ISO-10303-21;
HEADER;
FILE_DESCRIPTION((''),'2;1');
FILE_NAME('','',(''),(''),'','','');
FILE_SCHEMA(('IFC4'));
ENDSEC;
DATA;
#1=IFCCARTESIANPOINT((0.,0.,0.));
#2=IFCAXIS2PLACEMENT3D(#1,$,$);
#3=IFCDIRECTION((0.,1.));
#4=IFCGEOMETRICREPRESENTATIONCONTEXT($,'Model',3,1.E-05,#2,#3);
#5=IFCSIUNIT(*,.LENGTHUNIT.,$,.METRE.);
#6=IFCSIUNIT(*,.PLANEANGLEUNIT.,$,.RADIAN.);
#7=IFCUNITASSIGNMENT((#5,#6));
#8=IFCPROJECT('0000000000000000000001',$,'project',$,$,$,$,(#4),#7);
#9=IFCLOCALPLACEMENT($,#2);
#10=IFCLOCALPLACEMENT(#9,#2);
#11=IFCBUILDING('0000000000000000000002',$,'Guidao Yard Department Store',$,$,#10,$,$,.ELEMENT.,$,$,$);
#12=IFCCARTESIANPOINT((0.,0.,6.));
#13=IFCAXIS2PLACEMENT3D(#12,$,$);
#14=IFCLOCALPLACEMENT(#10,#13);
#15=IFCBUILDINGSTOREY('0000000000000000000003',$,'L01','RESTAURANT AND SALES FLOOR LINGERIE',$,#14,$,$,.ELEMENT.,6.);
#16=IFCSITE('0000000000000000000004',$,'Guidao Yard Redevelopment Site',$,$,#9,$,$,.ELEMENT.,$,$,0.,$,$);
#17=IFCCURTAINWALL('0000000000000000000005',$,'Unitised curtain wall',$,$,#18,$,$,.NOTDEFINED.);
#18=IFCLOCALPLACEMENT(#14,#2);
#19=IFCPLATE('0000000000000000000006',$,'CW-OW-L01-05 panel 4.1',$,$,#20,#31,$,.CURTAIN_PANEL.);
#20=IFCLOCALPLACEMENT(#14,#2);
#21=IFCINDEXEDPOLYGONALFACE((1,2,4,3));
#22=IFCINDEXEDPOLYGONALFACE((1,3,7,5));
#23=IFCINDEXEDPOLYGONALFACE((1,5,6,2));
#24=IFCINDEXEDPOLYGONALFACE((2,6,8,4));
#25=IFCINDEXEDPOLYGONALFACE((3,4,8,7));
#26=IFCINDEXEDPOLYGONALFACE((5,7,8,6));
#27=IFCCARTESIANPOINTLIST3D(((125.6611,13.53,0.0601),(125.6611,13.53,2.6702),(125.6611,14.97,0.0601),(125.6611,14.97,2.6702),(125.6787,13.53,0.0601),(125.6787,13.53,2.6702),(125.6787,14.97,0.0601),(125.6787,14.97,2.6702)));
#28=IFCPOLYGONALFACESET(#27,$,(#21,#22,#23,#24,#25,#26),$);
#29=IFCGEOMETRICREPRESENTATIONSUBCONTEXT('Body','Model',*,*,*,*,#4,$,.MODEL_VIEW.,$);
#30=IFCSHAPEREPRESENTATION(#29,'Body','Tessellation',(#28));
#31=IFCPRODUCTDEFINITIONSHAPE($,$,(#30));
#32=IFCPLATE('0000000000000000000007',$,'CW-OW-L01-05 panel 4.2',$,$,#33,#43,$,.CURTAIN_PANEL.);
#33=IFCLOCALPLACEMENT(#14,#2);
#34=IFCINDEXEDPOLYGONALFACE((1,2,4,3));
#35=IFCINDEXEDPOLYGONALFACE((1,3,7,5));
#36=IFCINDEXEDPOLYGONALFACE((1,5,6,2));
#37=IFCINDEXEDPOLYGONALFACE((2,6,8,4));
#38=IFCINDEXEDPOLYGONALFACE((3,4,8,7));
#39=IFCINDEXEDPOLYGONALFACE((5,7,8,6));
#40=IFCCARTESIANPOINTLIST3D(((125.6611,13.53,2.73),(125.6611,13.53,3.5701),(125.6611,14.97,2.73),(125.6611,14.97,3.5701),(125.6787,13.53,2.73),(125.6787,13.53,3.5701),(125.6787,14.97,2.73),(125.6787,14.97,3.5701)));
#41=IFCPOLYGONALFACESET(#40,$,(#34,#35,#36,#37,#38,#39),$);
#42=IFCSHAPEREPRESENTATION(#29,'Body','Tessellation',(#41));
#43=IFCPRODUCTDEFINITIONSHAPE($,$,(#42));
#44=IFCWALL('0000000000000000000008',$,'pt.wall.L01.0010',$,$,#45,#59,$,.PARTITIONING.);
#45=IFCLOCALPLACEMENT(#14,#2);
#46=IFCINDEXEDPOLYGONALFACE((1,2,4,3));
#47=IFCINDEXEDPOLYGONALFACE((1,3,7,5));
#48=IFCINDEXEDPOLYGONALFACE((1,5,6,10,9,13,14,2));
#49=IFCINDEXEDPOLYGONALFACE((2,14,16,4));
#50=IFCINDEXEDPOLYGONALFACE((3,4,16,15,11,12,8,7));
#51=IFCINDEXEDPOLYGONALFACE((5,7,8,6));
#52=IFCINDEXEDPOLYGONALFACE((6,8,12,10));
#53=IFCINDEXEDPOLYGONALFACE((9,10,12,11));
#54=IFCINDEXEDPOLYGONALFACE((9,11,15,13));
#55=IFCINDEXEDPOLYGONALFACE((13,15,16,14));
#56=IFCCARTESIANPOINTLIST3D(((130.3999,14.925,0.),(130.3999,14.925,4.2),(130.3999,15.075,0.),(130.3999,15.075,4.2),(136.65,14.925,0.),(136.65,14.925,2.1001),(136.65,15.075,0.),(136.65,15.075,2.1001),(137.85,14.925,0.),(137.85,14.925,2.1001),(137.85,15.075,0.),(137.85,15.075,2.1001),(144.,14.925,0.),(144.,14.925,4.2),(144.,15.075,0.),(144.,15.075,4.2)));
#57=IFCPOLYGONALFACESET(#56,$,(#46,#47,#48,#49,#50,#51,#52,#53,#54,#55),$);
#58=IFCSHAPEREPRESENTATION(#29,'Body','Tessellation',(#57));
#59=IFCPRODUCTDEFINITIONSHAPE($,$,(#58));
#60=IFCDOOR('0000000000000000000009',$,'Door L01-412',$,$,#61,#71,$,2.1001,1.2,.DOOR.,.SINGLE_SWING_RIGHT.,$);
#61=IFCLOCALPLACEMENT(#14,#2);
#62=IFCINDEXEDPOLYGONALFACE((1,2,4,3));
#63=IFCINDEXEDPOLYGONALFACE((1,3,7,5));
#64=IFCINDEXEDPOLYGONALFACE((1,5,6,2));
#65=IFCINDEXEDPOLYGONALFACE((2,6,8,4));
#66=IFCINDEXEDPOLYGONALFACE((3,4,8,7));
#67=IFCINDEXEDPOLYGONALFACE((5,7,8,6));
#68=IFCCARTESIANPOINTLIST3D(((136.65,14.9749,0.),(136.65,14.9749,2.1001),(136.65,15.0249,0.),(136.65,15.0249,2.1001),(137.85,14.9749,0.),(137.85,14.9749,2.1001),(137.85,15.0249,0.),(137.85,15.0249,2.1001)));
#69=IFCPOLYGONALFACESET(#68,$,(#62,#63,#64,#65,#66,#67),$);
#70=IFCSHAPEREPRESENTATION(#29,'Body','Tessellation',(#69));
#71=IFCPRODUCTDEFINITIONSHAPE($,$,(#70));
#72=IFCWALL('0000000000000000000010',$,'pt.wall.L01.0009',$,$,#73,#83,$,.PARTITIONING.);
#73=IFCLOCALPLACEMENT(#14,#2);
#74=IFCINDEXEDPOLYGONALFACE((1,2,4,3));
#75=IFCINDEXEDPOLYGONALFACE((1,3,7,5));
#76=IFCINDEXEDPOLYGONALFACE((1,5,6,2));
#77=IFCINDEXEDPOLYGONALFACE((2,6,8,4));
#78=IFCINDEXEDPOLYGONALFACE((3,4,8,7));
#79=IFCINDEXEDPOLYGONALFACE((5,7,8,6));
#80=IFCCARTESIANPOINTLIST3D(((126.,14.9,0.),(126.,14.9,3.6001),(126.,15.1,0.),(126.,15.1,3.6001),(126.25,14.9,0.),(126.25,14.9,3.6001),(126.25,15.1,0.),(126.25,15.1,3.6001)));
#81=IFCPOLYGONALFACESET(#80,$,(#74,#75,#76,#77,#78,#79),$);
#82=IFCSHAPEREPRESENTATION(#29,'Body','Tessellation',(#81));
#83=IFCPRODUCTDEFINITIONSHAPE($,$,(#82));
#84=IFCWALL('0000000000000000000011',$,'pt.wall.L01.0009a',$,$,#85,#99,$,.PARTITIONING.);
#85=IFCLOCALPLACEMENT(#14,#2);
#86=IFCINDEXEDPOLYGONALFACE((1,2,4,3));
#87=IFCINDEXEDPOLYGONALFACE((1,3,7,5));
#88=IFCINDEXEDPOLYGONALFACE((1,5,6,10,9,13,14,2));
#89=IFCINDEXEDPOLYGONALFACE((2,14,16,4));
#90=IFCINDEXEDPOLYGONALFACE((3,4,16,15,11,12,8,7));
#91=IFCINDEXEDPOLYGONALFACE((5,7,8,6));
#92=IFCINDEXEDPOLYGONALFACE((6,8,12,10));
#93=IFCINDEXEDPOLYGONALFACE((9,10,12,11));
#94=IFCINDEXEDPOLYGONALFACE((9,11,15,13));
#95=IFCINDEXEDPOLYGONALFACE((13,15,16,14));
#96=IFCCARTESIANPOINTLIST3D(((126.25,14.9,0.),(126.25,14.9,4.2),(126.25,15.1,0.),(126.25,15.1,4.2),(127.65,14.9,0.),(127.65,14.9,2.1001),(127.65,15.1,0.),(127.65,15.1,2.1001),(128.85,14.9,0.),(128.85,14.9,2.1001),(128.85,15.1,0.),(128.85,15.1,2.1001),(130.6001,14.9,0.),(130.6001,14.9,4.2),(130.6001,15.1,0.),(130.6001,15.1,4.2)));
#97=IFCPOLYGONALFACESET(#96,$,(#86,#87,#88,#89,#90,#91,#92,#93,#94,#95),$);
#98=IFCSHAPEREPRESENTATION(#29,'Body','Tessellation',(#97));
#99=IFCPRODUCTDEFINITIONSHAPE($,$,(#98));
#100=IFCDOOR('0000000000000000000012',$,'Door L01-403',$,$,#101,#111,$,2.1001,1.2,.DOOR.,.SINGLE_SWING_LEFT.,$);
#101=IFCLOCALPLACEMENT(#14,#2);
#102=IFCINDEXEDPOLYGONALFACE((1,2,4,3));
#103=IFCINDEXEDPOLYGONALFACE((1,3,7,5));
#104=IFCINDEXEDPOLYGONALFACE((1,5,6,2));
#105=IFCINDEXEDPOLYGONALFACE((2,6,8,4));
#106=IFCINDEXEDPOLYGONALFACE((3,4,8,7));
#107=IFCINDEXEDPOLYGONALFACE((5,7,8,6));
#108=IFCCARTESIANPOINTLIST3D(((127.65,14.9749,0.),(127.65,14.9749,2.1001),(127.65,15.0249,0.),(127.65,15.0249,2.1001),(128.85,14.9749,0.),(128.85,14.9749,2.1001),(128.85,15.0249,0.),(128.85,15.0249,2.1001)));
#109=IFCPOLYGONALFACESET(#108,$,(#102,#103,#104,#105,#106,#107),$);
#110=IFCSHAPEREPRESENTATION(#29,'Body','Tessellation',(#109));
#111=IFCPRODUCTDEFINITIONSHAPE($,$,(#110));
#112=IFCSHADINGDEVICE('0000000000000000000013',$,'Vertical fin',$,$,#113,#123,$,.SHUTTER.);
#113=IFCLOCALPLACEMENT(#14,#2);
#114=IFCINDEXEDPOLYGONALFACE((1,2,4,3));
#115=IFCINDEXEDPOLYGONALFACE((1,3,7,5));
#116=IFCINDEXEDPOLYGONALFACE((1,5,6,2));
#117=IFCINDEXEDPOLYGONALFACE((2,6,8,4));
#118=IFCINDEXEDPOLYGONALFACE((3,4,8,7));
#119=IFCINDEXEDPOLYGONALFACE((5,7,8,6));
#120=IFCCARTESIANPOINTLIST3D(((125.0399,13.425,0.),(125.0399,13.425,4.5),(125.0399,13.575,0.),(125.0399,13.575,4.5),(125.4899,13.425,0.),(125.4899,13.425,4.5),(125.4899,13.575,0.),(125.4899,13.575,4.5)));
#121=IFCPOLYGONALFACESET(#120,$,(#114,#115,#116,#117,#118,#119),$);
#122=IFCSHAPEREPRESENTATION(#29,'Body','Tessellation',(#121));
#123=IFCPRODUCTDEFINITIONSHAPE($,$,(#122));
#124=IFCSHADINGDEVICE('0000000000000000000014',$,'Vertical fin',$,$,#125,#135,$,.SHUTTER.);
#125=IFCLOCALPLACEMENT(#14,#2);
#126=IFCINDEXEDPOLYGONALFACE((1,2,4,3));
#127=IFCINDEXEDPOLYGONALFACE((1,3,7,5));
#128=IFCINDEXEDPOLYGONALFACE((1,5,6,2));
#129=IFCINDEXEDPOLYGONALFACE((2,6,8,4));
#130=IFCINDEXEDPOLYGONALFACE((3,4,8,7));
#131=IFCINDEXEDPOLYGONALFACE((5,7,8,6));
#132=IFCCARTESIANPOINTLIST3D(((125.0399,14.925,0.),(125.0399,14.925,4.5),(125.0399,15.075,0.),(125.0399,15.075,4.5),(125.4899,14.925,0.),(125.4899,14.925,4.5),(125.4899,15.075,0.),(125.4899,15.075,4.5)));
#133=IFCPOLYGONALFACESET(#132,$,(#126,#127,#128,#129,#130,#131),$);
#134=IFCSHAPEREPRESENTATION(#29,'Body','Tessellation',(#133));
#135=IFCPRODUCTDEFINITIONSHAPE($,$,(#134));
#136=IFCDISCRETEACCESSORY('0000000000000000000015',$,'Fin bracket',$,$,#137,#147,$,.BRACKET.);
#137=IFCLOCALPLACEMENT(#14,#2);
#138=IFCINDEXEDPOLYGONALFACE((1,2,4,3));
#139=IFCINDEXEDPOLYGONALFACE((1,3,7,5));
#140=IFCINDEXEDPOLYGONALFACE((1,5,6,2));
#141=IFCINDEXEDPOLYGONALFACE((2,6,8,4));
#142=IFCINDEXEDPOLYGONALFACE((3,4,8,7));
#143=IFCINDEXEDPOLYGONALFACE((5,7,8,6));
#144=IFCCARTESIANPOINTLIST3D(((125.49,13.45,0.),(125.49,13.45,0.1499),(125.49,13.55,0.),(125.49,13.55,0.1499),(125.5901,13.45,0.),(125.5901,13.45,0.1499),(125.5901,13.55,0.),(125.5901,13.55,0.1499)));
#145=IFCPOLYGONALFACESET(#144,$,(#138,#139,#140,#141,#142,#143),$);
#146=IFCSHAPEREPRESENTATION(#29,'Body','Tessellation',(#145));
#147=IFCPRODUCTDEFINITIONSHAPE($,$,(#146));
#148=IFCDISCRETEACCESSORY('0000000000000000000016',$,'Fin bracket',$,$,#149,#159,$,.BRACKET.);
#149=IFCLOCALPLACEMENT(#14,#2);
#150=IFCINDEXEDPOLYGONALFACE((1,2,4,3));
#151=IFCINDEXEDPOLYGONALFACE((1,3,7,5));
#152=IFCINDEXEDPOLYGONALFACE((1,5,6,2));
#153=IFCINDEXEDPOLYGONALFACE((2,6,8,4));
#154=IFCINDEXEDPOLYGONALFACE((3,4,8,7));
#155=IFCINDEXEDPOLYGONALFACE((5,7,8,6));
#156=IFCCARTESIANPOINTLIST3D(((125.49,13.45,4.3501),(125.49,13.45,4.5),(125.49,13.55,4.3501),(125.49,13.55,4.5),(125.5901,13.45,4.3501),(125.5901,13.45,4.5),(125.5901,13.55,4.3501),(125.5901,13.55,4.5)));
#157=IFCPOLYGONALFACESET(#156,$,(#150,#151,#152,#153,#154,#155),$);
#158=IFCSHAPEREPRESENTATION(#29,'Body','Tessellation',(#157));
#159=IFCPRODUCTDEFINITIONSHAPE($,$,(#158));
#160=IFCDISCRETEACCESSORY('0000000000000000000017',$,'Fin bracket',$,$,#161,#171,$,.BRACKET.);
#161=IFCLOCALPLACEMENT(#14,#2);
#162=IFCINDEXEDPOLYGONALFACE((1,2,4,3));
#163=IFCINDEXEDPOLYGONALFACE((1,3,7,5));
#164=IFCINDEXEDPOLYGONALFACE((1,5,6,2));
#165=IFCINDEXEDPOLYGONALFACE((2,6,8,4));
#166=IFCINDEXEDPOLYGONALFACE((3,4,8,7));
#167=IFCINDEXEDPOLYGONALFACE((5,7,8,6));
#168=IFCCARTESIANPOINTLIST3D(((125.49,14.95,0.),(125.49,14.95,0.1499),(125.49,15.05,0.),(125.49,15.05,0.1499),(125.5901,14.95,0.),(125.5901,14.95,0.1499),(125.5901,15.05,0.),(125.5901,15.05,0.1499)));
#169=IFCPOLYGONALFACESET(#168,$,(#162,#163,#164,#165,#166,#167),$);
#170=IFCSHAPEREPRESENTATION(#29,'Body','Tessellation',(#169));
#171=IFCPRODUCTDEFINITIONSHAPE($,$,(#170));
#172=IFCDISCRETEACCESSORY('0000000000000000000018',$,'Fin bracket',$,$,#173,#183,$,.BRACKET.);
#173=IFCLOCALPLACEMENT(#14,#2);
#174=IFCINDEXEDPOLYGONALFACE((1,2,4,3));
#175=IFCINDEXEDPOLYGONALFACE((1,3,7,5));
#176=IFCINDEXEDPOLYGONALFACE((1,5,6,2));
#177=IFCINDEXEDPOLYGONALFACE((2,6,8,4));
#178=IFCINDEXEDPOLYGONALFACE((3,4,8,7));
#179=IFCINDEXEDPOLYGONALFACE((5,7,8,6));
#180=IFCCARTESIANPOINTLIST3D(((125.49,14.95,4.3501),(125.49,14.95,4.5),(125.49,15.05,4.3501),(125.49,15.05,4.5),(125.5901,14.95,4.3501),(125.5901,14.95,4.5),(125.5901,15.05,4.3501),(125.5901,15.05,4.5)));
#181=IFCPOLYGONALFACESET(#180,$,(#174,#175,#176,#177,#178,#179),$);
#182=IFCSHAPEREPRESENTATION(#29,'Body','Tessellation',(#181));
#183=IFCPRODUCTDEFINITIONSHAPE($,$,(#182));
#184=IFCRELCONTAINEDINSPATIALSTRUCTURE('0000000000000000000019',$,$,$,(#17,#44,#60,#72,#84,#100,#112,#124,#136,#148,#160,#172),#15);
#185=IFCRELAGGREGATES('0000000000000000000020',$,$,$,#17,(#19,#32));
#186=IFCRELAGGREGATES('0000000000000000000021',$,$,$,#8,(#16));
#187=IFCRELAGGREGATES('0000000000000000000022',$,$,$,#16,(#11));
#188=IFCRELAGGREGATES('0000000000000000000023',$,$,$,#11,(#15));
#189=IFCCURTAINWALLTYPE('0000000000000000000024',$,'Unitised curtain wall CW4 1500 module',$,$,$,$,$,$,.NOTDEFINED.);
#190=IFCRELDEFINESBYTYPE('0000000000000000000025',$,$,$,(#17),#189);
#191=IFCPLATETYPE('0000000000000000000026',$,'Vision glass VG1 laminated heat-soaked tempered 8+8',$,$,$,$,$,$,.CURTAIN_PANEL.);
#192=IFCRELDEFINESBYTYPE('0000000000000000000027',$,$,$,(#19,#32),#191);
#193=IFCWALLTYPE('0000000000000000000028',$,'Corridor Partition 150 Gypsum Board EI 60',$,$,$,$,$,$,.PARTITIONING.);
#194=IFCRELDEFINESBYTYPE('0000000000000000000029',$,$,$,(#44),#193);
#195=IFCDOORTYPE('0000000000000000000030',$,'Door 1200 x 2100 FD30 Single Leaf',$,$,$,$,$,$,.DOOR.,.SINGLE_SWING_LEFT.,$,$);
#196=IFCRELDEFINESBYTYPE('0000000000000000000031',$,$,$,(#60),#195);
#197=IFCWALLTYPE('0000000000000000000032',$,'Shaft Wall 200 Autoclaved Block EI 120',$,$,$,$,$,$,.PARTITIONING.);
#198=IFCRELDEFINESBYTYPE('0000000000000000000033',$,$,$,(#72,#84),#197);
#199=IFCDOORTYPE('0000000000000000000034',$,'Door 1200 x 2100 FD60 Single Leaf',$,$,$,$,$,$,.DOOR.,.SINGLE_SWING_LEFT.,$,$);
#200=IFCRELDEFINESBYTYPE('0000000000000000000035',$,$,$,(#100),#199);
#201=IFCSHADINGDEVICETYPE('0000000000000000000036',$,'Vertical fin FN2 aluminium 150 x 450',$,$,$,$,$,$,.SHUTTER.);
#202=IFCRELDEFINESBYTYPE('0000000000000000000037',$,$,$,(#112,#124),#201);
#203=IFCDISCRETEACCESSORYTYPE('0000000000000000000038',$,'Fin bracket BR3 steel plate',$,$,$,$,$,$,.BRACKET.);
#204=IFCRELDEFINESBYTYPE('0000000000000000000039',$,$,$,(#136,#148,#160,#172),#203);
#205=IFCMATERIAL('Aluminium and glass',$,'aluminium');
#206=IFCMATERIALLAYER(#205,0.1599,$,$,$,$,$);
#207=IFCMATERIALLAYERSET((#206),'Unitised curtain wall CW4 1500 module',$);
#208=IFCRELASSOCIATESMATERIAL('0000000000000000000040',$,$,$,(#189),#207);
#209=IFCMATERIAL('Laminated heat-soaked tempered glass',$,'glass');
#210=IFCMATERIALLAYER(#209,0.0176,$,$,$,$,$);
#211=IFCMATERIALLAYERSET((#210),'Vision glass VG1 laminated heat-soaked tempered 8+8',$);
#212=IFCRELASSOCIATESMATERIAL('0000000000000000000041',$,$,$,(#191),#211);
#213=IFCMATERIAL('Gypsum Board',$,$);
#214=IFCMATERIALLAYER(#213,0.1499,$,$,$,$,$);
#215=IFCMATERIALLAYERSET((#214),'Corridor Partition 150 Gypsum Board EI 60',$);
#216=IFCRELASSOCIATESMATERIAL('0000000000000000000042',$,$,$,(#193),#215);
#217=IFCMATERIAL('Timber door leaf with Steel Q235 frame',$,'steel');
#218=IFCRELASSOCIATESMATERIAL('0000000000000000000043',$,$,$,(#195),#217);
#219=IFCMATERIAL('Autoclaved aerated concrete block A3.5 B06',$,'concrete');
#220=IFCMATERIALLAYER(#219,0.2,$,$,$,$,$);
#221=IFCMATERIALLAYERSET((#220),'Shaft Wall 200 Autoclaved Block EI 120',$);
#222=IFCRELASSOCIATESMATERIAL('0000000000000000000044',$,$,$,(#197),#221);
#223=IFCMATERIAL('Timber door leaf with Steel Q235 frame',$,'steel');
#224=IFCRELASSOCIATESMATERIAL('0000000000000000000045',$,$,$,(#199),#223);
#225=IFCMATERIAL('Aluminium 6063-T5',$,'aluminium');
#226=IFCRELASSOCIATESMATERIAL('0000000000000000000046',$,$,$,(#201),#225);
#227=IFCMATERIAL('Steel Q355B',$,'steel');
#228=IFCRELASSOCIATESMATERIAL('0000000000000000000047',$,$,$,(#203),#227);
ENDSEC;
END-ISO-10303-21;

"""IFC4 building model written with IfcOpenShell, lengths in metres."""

from ifc_helpers import new_model, si_unit, direction, frame, frame_2d, origin, origin_2d, place, context, subcontext, project, spatial, rectangle, extrude, material, layer, layer_set, type_object, element, fill, aggregate, save


model = new_model("IFC4")

# Units and contexts
model_context = context("Model", 3, precision=1e-05, world=origin(), true_north=direction((0.0, 1.0)))
body_context = subcontext(model_context, "Body", "Model", "MODEL_VIEW")
ifc_project = project(units=[si_unit("LENGTHUNIT", "METRE"), si_unit("PLANEANGLEUNIT", "RADIAN")], contexts=[model_context])

# Site, building, storey
site_placement = place(None, origin())
site = spatial("IfcSite", under=ifc_project, at=site_placement, Name="Guidao Yard Redevelopment Site", CompositionType="ELEMENT", RefElevation=0.0)
building_placement = place(site_placement, origin())
building = spatial("IfcBuilding", under=site, at=building_placement, Name="Guidao Yard Department Store", CompositionType="ELEMENT")
storey_placement = place(building_placement, frame((0.0, 0.0, 6.0)))
storey = spatial("IfcBuildingStorey", under=building, at=storey_placement, Name="L01", Description="RESTAURANT AND SALES FLOOR LINGERIE", CompositionType="ELEMENT", Elevation=6.0)

# Curtain wall, plates
ifc_material_1 = material(Name="Aluminium and glass", Category="aluminium")
ifc_layer_1 = layer(ifc_material_1, 0.1599)
ifc_layer_set_1 = layer_set([ifc_layer_1], Name="Unitised curtain wall CW4 1500 module")
curtain_wall_type = type_object("IfcCurtainWallType", Name="Unitised curtain wall CW4 1500 module", PredefinedType="NOTDEFINED", material=ifc_layer_set_1)
curtain_wall_placement = place(storey_placement, origin())
curtain_wall = element("IfcCurtainWall", 1, at=curtain_wall_placement, inside=storey, type_object=curtain_wall_type, Name="Unitised curtain wall", PredefinedType="NOTDEFINED")
ifc_material_2 = material(Name="Laminated heat-soaked tempered glass", Category="glass")
ifc_layer_2 = layer(ifc_material_2, 0.0176)
ifc_layer_set_2 = layer_set([ifc_layer_2], Name="Vision glass VG1 laminated heat-soaked tempered 8+8")
plate_type_1 = type_object("IfcPlateType", Name="Vision glass VG1 laminated heat-soaked tempered 8+8", PredefinedType="CURTAIN_PANEL", material=ifc_layer_set_2)
plate_1_placement = place(storey_placement, frame((125.6699, 14.25, 0.0601), z_axis=(0.0, 0.0, 1.0), x_axis=(0.0, 1.0, 0.0)))
plate_1 = element("IfcPlate", 2, at=plate_1_placement, type_object=plate_type_1, Name="CW-OW-L01-05 panel 4.1", PredefinedType="CURTAIN_PANEL", context=body_context, shape_type="SweptSolid", body=[
    extrude(rectangle(XDim=1.4399, YDim=0.0176, at=origin_2d()), origin(), (0.0, 0.0, 1.0), 2.6101),
])
plate_2_placement = place(storey_placement, frame((125.6699, 14.25, 2.73), z_axis=(0.0, 0.0, 1.0), x_axis=(0.0, 1.0, 0.0)))
plate_2 = element("IfcPlate", 3, at=plate_2_placement, type_object=plate_type_1, Name="CW-OW-L01-05 panel 4.2", PredefinedType="CURTAIN_PANEL", context=body_context, shape_type="SweptSolid", body=[
    extrude(rectangle(XDim=1.4399, YDim=0.0176, at=origin_2d()), origin(), (0.0, 0.0, 1.0), 0.8401),
])
aggregate(curtain_wall, [plate_1, plate_2])

# Wall, opening, door
ifc_material_3 = material(Name="Gypsum Board")
ifc_layer_3 = layer(ifc_material_3, 0.1499)
ifc_layer_set_3 = layer_set([ifc_layer_3], Name="Corridor Partition 150 Gypsum Board EI 60")
wall_type_1 = type_object("IfcWallType", Name="Corridor Partition 150 Gypsum Board EI 60", PredefinedType="PARTITIONING", material=ifc_layer_set_3)
wall_1_placement = place(storey_placement, frame((130.3999, 15.0, 0.0), z_axis=(0.0, 0.0, 1.0), x_axis=(1.0, 0.0, 0.0)))
wall_1 = element("IfcWall", 4, at=wall_1_placement, inside=storey, type_object=wall_type_1, Name="pt.wall.L01.0010", PredefinedType="PARTITIONING", context=body_context, shape_type="SweptSolid", body=[
    extrude(rectangle(XDim=13.6001, YDim=0.1499, at=frame_2d((6.8, 0.0))), origin(), (0.0, 0.0, 1.0), 4.2),
])
opening_1_placement = place(wall_1_placement, frame((6.25, 0.0, 0.0)))
opening_1 = element("IfcOpeningElement", 5, at=opening_1_placement, cuts=wall_1, PredefinedType="OPENING", context=body_context, shape_type="SweptSolid", body=[
    extrude(rectangle(XDim=1.2, YDim=2.1001, at=frame_2d((0.6001, 1.05))), frame((0.0, 0.085, 0.0), z_axis=(0.0, -1.0, 0.0), x_axis=(1.0, 0.0, 0.0)), (0.0, 0.0, 1.0), 0.1699),
])
ifc_material_4 = material(Name="Timber door leaf with Steel Q235 frame", Category="steel")
door_type_1 = type_object("IfcDoorType", Name="Door 1200 x 2100 FD30 Single Leaf", OperationType="SINGLE_SWING_LEFT", PredefinedType="DOOR", material=ifc_material_4)
door_1_placement = place(opening_1_placement, origin())
door_1 = element("IfcDoor", 6, at=door_1_placement, inside=storey, type_object=door_type_1, Name="Door L01-412", OperationType="SINGLE_SWING_RIGHT", OverallHeight=2.1001, OverallWidth=1.2, PredefinedType="DOOR", context=body_context, shape_type="SweptSolid", body=[
    extrude(rectangle(XDim=1.2, YDim=2.1001, at=frame_2d((0.6001, 1.05))), frame((0.0, 0.0249, 0.0), z_axis=(0.0, -1.0, 0.0), x_axis=(1.0, 0.0, 0.0)), (0.0, 0.0, 1.0), 0.05),
])
fill(opening_1, door_1)

# Wall
ifc_material_5 = material(Name="Autoclaved aerated concrete block A3.5 B06", Category="concrete")
ifc_layer_4 = layer(ifc_material_5, 0.2)
ifc_layer_set_4 = layer_set([ifc_layer_4], Name="Shaft Wall 200 Autoclaved Block EI 120")
wall_type_2 = type_object("IfcWallType", Name="Shaft Wall 200 Autoclaved Block EI 120", PredefinedType="PARTITIONING", material=ifc_layer_set_4)
wall_2_placement = place(storey_placement, frame((126.0, 15.0, 0.0), z_axis=(0.0, 0.0, 1.0), x_axis=(1.0, 0.0, 0.0)))
element("IfcWall", 7, at=wall_2_placement, inside=storey, type_object=wall_type_2, Name="pt.wall.L01.0009", PredefinedType="PARTITIONING", context=body_context, shape_type="SweptSolid", body=[
    extrude(rectangle(XDim=0.25, YDim=0.2, at=frame_2d((0.125, 0.0))), origin(), (0.0, 0.0, 1.0), 3.6001),
])

# Wall, opening, door
wall_3_placement = place(storey_placement, frame((126.25, 15.0, 0.0), z_axis=(0.0, 0.0, 1.0), x_axis=(1.0, 0.0, 0.0)))
wall_3 = element("IfcWall", 8, at=wall_3_placement, inside=storey, type_object=wall_type_2, Name="pt.wall.L01.0009a", PredefinedType="PARTITIONING", context=body_context, shape_type="SweptSolid", body=[
    extrude(rectangle(XDim=4.3501, YDim=0.2, at=frame_2d((2.175, 0.0))), origin(), (0.0, 0.0, 1.0), 4.2),
])
opening_2_placement = place(wall_3_placement, frame((1.3999, 0.0, 0.0)))
opening_2 = element("IfcOpeningElement", 9, at=opening_2_placement, cuts=wall_3, PredefinedType="OPENING", context=body_context, shape_type="SweptSolid", body=[
    extrude(rectangle(XDim=1.2, YDim=2.1001, at=frame_2d((0.6001, 1.05))), frame((0.0, 0.1099, 0.0), z_axis=(0.0, -1.0, 0.0), x_axis=(1.0, 0.0, 0.0)), (0.0, 0.0, 1.0), 0.22),
])
ifc_material_6 = material(Name="Timber door leaf with Steel Q235 frame", Category="steel")
door_type_2 = type_object("IfcDoorType", Name="Door 1200 x 2100 FD60 Single Leaf", OperationType="SINGLE_SWING_LEFT", PredefinedType="DOOR", material=ifc_material_6)
door_2_placement = place(opening_2_placement, origin())
door_2 = element("IfcDoor", 10, at=door_2_placement, inside=storey, type_object=door_type_2, Name="Door L01-403", OperationType="SINGLE_SWING_LEFT", OverallHeight=2.1001, OverallWidth=1.2, PredefinedType="DOOR", context=body_context, shape_type="SweptSolid", body=[
    extrude(rectangle(XDim=1.2, YDim=2.1001, at=frame_2d((0.6001, 1.05))), frame((0.0, 0.0249, 0.0), z_axis=(0.0, -1.0, 0.0), x_axis=(1.0, 0.0, 0.0)), (0.0, 0.0, 1.0), 0.05),
])
fill(opening_2, door_2)

# Shading devices
ifc_material_7 = material(Name="Aluminium 6063-T5", Category="aluminium")
shading_device_type = type_object("IfcShadingDeviceType", Name="Vertical fin FN2 aluminium 150 x 450", PredefinedType="SHUTTER", material=ifc_material_7)
for number, where, z_axis, x_axis, name in (
    (11, (125.2649, 13.5, 0.0), (0.0, 0.0, 1.0), (0.0, 1.0, 0.0), "Vertical fin"),
    (12, (125.2649, 15.0, 0.0), (0.0, 0.0, 1.0), (0.0, 1.0, 0.0), "Vertical fin"),
):
    element("IfcShadingDevice", number, at=place(storey_placement, frame(where, z_axis=z_axis, x_axis=x_axis)), inside=storey, type_object=shading_device_type, Name=name, PredefinedType="SHUTTER", context=body_context, shape_type="SweptSolid", body=[
        extrude(rectangle(XDim=0.1499, YDim=0.45, at=origin_2d()), origin(), (0.0, 0.0, 1.0), 4.5),
    ])

# Discrete accessories
ifc_material_8 = material(Name="Steel Q355B", Category="steel")
discrete_accessory_type = type_object("IfcDiscreteAccessoryType", Name="Fin bracket BR3 steel plate", PredefinedType="BRACKET", material=ifc_material_8)
for number, where, z_axis, x_axis, name in (
    (13, (125.54, 13.5, 0.0), (0.0, 0.0, 1.0), (0.0, 1.0, 0.0), "Fin bracket"),
    (14, (125.54, 13.5, 4.3501), (0.0, 0.0, 1.0), (0.0, 1.0, 0.0), "Fin bracket"),
    (15, (125.54, 15.0, 0.0), (0.0, 0.0, 1.0), (0.0, 1.0, 0.0), "Fin bracket"),
    (16, (125.54, 15.0, 4.3501), (0.0, 0.0, 1.0), (0.0, 1.0, 0.0), "Fin bracket"),
):
    element("IfcDiscreteAccessory", number, at=place(storey_placement, frame(where, z_axis=z_axis, x_axis=x_axis)), inside=storey, type_object=discrete_accessory_type, Name=name, PredefinedType="BRACKET", context=body_context, shape_type="SweptSolid", body=[
        extrude(rectangle(XDim=0.1001, YDim=0.1001, at=origin_2d()), origin(), (0.0, 0.0, 1.0), 0.1499),
    ])

save(model, "model.ifc")
